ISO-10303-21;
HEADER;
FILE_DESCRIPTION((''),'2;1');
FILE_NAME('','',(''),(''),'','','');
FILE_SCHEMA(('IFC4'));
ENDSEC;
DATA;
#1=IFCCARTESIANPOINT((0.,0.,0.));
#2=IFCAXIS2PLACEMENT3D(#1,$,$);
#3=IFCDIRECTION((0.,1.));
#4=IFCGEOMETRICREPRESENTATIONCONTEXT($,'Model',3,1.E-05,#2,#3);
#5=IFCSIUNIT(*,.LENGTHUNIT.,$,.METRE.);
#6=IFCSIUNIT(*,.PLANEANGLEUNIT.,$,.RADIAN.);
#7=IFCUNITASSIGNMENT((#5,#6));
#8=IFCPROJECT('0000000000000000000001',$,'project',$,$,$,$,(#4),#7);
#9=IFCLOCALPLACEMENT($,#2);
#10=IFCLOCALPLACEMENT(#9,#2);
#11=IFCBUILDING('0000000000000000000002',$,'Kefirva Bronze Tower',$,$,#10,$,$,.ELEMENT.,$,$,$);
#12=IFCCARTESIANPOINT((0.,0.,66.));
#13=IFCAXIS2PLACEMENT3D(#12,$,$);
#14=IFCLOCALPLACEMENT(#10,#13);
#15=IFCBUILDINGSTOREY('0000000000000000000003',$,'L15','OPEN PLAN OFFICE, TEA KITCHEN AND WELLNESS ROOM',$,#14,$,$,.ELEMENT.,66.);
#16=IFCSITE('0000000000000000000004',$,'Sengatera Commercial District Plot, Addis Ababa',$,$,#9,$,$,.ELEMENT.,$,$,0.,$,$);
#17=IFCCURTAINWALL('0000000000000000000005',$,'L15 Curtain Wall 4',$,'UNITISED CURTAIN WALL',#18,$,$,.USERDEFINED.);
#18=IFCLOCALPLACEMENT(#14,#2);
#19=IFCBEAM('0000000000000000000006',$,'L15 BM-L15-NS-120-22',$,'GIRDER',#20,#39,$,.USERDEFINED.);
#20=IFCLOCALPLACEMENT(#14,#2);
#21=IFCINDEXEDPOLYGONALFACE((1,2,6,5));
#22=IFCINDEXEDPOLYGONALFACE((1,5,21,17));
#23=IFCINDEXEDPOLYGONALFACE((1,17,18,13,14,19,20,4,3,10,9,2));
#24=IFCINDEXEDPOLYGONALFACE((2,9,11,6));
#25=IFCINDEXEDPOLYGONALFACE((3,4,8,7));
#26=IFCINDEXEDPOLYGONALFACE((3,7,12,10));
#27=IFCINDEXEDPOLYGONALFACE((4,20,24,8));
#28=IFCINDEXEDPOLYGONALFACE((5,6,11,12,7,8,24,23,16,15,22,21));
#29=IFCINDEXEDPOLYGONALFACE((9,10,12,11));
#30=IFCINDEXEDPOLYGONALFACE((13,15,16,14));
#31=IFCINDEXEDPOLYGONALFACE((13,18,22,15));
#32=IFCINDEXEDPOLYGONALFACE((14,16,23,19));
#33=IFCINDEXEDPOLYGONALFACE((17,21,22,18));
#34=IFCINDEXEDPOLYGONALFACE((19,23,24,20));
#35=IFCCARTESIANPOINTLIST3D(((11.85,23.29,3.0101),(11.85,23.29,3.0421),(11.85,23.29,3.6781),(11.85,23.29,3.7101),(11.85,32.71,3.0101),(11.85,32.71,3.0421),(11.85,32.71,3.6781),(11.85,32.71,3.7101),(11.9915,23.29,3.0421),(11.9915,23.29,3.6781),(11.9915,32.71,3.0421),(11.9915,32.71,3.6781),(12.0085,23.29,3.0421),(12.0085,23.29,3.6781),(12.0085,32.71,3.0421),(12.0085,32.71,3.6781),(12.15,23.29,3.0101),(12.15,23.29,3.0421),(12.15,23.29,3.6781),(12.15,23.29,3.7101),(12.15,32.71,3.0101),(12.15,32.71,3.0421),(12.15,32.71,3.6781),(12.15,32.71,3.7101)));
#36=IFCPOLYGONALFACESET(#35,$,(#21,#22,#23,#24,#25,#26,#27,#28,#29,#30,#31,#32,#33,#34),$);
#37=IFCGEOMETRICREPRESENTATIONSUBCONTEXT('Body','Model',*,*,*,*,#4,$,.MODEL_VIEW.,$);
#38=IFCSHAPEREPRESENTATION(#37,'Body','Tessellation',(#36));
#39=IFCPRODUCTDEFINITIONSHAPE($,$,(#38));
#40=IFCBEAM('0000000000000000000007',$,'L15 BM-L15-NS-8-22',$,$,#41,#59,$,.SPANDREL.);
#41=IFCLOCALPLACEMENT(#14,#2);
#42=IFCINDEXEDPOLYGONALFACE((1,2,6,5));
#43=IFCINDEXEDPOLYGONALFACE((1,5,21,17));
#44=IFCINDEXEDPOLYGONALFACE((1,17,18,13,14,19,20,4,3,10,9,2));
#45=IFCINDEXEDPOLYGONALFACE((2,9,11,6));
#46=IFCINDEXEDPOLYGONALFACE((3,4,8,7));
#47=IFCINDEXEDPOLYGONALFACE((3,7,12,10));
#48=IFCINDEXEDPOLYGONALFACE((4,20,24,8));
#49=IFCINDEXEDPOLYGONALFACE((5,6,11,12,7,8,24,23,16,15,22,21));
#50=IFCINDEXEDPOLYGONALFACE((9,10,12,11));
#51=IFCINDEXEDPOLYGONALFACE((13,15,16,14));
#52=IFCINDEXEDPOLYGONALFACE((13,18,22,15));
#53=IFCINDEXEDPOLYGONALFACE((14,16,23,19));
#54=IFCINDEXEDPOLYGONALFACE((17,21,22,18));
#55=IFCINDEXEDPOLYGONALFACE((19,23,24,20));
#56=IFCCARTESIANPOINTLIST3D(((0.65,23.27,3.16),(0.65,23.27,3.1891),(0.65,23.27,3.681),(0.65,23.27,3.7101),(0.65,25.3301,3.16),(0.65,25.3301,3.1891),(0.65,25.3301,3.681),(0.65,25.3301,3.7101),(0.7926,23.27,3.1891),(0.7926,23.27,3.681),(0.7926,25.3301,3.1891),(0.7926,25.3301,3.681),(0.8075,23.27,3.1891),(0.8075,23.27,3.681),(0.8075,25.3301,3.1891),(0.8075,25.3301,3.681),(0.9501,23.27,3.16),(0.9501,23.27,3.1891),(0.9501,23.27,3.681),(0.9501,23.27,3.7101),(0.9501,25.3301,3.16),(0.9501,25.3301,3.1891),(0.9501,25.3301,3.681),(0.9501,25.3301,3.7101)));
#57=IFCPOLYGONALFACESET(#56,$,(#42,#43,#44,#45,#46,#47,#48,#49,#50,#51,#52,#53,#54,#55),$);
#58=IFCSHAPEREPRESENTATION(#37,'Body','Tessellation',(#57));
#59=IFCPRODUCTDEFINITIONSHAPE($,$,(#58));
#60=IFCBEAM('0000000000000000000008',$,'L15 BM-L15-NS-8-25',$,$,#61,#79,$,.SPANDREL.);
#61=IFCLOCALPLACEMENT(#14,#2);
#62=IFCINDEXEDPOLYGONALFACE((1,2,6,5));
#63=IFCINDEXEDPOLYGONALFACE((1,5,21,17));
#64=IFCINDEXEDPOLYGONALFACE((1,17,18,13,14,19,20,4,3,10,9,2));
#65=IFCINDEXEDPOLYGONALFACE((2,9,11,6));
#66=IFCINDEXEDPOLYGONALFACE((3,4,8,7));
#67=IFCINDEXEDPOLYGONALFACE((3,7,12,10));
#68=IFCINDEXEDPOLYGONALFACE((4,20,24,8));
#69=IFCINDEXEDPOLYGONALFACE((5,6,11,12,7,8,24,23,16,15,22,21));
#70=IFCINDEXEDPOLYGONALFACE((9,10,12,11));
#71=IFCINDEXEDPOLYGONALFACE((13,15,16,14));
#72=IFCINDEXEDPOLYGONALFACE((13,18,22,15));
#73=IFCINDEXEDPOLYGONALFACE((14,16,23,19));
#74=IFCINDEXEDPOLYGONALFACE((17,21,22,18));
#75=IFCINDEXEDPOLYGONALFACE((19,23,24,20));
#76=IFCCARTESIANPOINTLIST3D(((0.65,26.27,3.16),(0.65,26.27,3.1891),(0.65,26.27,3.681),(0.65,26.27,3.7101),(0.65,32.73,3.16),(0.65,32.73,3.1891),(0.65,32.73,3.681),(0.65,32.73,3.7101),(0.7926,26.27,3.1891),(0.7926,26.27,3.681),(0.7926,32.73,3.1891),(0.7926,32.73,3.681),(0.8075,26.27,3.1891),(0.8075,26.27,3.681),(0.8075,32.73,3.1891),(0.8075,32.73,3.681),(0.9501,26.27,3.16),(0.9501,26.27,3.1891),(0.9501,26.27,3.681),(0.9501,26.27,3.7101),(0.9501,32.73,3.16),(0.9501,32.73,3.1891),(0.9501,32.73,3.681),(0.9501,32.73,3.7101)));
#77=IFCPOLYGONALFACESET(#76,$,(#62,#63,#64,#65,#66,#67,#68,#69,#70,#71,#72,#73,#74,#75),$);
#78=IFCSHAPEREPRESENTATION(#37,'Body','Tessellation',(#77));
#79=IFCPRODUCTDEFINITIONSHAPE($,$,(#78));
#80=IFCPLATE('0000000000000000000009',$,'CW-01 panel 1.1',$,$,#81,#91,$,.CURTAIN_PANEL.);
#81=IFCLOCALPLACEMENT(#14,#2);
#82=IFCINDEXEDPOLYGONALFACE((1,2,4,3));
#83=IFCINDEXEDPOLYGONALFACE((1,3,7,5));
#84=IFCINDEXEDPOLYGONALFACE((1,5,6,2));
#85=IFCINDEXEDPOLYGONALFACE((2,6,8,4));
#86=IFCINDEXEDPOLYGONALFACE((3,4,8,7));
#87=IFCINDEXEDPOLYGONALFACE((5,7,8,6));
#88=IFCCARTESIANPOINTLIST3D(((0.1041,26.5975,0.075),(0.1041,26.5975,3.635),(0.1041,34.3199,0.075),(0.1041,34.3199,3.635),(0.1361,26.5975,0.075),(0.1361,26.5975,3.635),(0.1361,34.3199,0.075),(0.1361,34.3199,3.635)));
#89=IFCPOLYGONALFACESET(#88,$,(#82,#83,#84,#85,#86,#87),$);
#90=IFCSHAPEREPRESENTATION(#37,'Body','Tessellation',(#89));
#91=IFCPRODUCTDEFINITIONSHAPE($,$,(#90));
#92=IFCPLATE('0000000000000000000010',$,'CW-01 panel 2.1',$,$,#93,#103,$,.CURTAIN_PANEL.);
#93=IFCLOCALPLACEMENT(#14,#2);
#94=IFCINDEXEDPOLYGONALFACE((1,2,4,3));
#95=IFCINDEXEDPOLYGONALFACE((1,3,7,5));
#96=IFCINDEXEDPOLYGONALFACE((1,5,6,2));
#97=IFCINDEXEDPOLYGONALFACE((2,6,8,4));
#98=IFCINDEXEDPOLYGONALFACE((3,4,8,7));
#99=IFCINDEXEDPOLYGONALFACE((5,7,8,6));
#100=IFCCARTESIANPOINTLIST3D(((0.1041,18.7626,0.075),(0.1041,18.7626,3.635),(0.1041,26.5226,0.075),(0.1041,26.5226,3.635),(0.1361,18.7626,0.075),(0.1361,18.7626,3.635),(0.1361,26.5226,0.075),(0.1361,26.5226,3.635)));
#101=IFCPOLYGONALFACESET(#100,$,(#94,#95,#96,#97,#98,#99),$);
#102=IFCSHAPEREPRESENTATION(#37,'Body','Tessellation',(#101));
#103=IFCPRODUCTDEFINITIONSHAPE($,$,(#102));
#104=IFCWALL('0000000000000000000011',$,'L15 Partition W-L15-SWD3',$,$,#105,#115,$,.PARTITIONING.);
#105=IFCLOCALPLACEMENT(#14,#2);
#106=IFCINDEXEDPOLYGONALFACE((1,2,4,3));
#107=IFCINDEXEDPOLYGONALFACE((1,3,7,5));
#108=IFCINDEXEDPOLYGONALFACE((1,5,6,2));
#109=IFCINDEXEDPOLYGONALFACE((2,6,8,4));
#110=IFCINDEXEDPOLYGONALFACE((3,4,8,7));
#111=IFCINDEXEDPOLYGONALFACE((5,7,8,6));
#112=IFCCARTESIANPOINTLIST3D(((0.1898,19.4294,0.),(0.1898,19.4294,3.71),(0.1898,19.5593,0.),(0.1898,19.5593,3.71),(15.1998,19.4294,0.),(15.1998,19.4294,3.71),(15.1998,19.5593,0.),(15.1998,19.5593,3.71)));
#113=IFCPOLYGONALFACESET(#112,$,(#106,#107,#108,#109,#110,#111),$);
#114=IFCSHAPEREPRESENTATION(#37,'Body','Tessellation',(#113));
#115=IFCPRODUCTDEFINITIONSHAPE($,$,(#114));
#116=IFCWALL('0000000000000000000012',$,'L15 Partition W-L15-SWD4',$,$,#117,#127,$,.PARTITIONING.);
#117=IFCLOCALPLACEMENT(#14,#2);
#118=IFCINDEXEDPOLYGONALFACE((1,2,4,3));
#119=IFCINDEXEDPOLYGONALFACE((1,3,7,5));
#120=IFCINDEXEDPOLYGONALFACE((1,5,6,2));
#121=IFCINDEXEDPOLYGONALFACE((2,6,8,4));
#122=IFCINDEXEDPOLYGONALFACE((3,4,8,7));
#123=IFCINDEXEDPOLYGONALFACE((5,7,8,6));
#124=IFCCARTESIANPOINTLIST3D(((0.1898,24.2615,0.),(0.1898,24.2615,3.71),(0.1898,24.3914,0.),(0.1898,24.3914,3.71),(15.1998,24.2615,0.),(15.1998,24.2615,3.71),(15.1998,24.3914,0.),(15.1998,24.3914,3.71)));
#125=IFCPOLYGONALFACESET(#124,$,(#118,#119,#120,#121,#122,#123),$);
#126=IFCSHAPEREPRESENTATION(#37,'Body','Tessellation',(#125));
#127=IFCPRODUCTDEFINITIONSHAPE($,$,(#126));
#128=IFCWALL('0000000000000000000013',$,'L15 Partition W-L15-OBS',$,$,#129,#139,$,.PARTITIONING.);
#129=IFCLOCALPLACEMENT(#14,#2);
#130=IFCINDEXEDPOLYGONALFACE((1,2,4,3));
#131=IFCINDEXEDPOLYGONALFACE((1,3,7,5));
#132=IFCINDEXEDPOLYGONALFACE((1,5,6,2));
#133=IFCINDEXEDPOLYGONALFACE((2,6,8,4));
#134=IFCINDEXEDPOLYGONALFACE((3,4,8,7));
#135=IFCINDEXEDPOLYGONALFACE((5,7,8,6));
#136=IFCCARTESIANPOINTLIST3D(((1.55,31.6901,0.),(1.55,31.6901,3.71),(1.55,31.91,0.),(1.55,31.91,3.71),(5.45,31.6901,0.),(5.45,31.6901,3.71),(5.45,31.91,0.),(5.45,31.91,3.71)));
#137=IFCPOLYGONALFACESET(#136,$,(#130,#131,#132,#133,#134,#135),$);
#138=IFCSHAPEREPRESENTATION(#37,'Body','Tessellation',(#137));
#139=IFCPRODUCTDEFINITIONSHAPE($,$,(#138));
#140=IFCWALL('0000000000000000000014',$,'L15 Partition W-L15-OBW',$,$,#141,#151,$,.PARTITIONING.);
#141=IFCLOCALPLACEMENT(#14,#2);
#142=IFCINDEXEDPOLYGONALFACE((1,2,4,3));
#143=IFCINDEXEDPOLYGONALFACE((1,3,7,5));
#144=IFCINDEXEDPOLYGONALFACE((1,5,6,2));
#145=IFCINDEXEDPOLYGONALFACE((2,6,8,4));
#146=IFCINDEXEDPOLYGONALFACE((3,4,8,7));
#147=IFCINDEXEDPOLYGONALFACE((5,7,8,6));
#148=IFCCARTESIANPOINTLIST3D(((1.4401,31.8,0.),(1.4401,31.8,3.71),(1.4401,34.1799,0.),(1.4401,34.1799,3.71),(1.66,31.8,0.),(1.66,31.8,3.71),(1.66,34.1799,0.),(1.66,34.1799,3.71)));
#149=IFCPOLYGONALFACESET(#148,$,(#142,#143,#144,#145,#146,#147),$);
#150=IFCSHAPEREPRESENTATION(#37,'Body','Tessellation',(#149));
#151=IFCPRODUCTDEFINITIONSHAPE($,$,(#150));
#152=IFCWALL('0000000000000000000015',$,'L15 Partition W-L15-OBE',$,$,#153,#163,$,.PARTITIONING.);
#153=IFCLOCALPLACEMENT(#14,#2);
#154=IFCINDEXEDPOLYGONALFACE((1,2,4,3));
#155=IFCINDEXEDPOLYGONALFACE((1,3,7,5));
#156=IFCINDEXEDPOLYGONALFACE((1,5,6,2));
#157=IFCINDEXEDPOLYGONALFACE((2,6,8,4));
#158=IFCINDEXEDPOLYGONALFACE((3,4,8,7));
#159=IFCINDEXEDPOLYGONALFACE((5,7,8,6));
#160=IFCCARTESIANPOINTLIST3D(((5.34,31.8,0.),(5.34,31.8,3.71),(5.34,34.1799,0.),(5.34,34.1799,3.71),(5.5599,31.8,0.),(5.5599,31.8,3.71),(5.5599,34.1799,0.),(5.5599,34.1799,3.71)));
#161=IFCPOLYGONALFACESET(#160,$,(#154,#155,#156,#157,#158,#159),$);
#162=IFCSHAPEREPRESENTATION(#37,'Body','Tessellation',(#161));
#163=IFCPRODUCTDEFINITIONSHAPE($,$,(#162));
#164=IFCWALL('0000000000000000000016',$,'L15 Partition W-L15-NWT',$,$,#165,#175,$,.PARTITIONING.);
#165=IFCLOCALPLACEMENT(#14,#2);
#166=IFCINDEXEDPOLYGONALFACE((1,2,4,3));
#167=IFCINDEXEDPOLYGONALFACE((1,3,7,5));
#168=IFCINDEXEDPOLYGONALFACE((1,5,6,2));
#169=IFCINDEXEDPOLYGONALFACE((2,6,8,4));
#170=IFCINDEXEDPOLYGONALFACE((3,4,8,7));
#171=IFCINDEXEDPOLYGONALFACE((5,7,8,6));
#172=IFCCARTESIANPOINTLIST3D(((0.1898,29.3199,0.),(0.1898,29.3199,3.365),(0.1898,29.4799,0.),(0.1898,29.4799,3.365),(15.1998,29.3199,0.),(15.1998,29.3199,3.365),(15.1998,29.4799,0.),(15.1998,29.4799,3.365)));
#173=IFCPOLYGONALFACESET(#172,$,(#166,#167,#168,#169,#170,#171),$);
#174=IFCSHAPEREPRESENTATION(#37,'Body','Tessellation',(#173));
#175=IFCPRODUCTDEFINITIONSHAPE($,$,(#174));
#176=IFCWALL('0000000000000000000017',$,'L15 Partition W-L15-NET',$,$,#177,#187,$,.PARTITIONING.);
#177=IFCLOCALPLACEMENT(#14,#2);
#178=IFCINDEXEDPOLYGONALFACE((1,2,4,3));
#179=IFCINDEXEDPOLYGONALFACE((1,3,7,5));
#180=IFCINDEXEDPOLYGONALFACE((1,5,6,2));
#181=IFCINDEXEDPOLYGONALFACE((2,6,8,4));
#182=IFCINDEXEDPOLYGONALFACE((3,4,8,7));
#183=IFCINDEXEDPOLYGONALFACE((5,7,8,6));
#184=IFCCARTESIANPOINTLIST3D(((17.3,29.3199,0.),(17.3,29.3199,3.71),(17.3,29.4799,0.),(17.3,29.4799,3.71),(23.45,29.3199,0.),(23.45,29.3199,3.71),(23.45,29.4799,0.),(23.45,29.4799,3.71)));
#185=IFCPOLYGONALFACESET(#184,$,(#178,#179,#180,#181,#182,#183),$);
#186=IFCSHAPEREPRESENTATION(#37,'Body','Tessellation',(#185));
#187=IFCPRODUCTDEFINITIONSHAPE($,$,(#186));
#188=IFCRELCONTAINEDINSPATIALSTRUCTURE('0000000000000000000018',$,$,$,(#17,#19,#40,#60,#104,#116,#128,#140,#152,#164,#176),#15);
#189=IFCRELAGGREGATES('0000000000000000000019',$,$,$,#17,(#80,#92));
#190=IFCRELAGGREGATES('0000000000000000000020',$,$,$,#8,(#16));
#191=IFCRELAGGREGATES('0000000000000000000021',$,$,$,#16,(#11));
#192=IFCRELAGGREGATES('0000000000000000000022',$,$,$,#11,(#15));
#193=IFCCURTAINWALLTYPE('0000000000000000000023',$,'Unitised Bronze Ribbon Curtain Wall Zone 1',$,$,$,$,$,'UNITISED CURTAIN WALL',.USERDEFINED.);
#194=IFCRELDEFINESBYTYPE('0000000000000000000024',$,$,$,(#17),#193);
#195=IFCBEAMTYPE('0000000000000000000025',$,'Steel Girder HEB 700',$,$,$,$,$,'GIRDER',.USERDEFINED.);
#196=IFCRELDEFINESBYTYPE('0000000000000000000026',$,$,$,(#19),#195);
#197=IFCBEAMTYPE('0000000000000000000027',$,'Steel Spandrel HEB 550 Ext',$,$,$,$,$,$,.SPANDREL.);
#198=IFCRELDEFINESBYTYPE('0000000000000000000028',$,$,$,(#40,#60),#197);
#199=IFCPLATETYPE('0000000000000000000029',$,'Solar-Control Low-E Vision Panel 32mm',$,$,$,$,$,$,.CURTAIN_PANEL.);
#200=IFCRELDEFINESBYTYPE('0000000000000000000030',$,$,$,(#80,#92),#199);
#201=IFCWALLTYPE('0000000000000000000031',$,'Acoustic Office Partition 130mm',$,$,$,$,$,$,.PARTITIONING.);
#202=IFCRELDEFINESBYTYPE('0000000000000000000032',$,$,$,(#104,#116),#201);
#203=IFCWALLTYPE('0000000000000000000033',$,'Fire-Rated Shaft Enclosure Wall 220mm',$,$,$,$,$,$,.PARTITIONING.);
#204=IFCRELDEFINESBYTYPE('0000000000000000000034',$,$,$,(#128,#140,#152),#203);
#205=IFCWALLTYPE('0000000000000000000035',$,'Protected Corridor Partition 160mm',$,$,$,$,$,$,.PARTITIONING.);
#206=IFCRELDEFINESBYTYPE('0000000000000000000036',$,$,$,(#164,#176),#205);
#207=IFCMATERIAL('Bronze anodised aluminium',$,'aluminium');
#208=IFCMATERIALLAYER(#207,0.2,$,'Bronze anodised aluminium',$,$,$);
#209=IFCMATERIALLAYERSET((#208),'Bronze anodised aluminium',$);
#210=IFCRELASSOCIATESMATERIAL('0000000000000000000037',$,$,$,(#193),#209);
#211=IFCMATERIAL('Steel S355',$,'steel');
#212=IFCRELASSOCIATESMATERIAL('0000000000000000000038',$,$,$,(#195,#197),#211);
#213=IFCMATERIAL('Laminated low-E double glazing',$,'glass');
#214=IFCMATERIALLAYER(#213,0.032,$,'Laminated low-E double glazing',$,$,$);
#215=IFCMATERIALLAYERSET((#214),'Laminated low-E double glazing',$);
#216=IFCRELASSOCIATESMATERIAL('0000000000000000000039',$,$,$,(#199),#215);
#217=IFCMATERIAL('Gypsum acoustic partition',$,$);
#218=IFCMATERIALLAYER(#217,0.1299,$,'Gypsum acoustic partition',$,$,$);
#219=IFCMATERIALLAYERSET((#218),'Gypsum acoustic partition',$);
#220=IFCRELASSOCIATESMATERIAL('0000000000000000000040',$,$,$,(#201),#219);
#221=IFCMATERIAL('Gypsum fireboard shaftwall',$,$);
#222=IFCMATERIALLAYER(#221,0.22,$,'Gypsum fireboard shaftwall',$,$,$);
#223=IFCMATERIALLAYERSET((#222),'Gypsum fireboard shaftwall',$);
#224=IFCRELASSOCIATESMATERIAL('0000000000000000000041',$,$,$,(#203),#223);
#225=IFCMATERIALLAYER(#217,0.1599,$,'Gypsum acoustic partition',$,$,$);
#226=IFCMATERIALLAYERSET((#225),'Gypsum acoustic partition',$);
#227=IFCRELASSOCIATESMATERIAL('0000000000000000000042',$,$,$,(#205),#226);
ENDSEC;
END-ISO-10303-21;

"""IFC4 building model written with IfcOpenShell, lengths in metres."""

from ifc_helpers import new_model, si_unit, direction, frame, frame_2d, origin, origin_2d, place, context, subcontext, project, spatial, rectangle, i_section, extrude, material, layer, layer_set, material_profile, profile_set, type_object, element, aggregate, save


model = new_model("IFC4")

# Units and contexts
model_context = context("Model", 3, precision=1e-05, world=origin(), true_north=direction((0.0, 1.0)))
body_context = subcontext(model_context, "Body", "Model", "MODEL_VIEW")
ifc_project = project(units=[si_unit("LENGTHUNIT", "METRE"), si_unit("PLANEANGLEUNIT", "RADIAN")], contexts=[model_context])

# Site, building, storey
site_placement = place(None, origin())
site = spatial("IfcSite", under=ifc_project, at=site_placement, Name="Sengatera Commercial District Plot, Addis Ababa", CompositionType="ELEMENT", RefElevation=0.0)
building_placement = place(site_placement, origin())
building = spatial("IfcBuilding", under=site, at=building_placement, Name="Kefirva Bronze Tower", CompositionType="ELEMENT")
storey_placement = place(building_placement, frame((0.0, 0.0, 66.0)))
storey = spatial("IfcBuildingStorey", under=building, at=storey_placement, Name="L15", Description="OPEN PLAN OFFICE, TEA KITCHEN AND WELLNESS ROOM", CompositionType="ELEMENT", Elevation=66.0)

# Curtain wall
ifc_material_1 = material(Name="Bronze anodised aluminium", Category="aluminium")
ifc_layer_1 = layer(ifc_material_1, 0.2, Name="Bronze anodised aluminium")
ifc_layer_set_1 = layer_set([ifc_layer_1], Name="Bronze anodised aluminium")
curtain_wall_type = type_object("IfcCurtainWallType", Name="Unitised Bronze Ribbon Curtain Wall Zone 1", ElementType="UNITISED CURTAIN WALL", PredefinedType="USERDEFINED", material=ifc_layer_set_1)
curtain_wall_placement = place(storey_placement, origin())
curtain_wall = element("IfcCurtainWall", 1, at=curtain_wall_placement, inside=storey, type_object=curtain_wall_type, Name="L15 Curtain Wall 4", ObjectType="UNITISED CURTAIN WALL", PredefinedType="USERDEFINED")

# Beams
ifc_material_2 = material(Name="Steel S355", Category="steel")
ifc_material_profile_1 = material_profile(ifc_material_2, i_section(OverallWidth=0.3, OverallDepth=0.7, WebThickness=0.0171, FlangeThickness=0.032, at=origin_2d()), Name="HEB 700")
ifc_profile_set_1 = profile_set([ifc_material_profile_1], Name="Steel S355")
beam_type_1 = type_object("IfcBeamType", Name="Steel Girder HEB 700", ElementType="GIRDER", PredefinedType="USERDEFINED", material=ifc_profile_set_1)
beam_1_placement = place(storey_placement, frame((12.0, 23.29, 3.3601), z_axis=(0.0, 1.0, 0.0), x_axis=(-1.0, 0.0, 0.0)))
element("IfcBeam", 2, at=beam_1_placement, inside=storey, type_object=beam_type_1, Name="L15 BM-L15-NS-120-22", ObjectType="GIRDER", PredefinedType="USERDEFINED", context=body_context, shape_type="SweptSolid", body=[
    extrude(i_section(OverallWidth=0.3, OverallDepth=0.7, WebThickness=0.0171, FlangeThickness=0.032, at=origin_2d()), origin(), (0.0, 0.0, 1.0), 9.4199),
])
ifc_material_profile_2 = material_profile(ifc_material_2, i_section(OverallWidth=0.3, OverallDepth=0.55, WebThickness=0.0149, FlangeThickness=0.0291, at=origin_2d()), Name="HEB 550")
ifc_profile_set_2 = profile_set([ifc_material_profile_2], Name="Steel S355")
beam_type_2 = type_object("IfcBeamType", Name="Steel Spandrel HEB 550 Ext", PredefinedType="SPANDREL", material=ifc_profile_set_2)
beam_2_placement = place(storey_placement, frame((0.8, 23.27, 3.4351), z_axis=(0.0, 1.0, 0.0), x_axis=(-1.0, 0.0, 0.0)))
element("IfcBeam", 3, at=beam_2_placement, inside=storey, type_object=beam_type_2, Name="L15 BM-L15-NS-8-22", PredefinedType="SPANDREL", context=body_context, shape_type="SweptSolid", body=[
    extrude(i_section(OverallWidth=0.3, OverallDepth=0.55, WebThickness=0.0149, FlangeThickness=0.0291, at=origin_2d()), origin(), (0.0, 0.0, 1.0), 2.0601),
])
beam_3_placement = place(storey_placement, frame((0.8, 26.27, 3.4351), z_axis=(0.0, 1.0, 0.0), x_axis=(-1.0, 0.0, 0.0)))
element("IfcBeam", 4, at=beam_3_placement, inside=storey, type_object=beam_type_2, Name="L15 BM-L15-NS-8-25", PredefinedType="SPANDREL", context=body_context, shape_type="SweptSolid", body=[
    extrude(i_section(OverallWidth=0.3, OverallDepth=0.55, WebThickness=0.0149, FlangeThickness=0.0291, at=origin_2d()), origin(), (0.0, 0.0, 1.0), 6.46),
])

# Plates
ifc_material_3 = material(Name="Laminated low-E double glazing", Category="glass")
ifc_layer_2 = layer(ifc_material_3, 0.032, Name="Laminated low-E double glazing")
ifc_layer_set_2 = layer_set([ifc_layer_2], Name="Laminated low-E double glazing")
plate_type = type_object("IfcPlateType", Name="Solar-Control Low-E Vision Panel 32mm", PredefinedType="CURTAIN_PANEL", material=ifc_layer_set_2)
plate_1_placement = place(storey_placement, frame((0.1201, 30.4587, 0.075), z_axis=(0.0, 0.0, 1.0), x_axis=(0.0, -1.0, 0.0)))
plate_1 = element("IfcPlate", 5, at=plate_1_placement, type_object=plate_type, Name="CW-01 panel 1.1", PredefinedType="CURTAIN_PANEL", context=body_context, shape_type="SweptSolid", body=[
    extrude(rectangle(XDim=7.7224, YDim=0.032, at=origin_2d()), origin(), (0.0, 0.0, 1.0), 3.5601),
])
plate_2_placement = place(storey_placement, frame((0.1201, 22.6426, 0.075), z_axis=(0.0, 0.0, 1.0), x_axis=(0.0, -1.0, 0.0)))
plate_2 = element("IfcPlate", 6, at=plate_2_placement, type_object=plate_type, Name="CW-01 panel 2.1", PredefinedType="CURTAIN_PANEL", context=body_context, shape_type="SweptSolid", body=[
    extrude(rectangle(XDim=7.76, YDim=0.032, at=origin_2d()), origin(), (0.0, 0.0, 1.0), 3.5601),
])
aggregate(curtain_wall, [plate_1, plate_2])

# Walls
ifc_material_4 = material(Name="Gypsum acoustic partition")
ifc_layer_3 = layer(ifc_material_4, 0.1299, Name="Gypsum acoustic partition")
ifc_layer_set_3 = layer_set([ifc_layer_3], Name="Gypsum acoustic partition")
wall_type_1 = type_object("IfcWallType", Name="Acoustic Office Partition 130mm", PredefinedType="PARTITIONING", material=ifc_layer_set_3)
for number, where, z_axis, x_axis, name in (
    (7, (0.1899, 19.4944, 0.0), (0.0, 0.0, 1.0), (1.0, 0.0, 0.0), "L15 Partition W-L15-SWD3"),
    (8, (0.1899, 24.3264, 0.0), (0.0, 0.0, 1.0), (1.0, 0.0, 0.0), "L15 Partition W-L15-SWD4"),
):
    element("IfcWall", number, at=place(storey_placement, frame(where, z_axis=z_axis, x_axis=x_axis)), inside=storey, type_object=wall_type_1, Name=name, PredefinedType="PARTITIONING", context=body_context, shape_type="SweptSolid", body=[
        extrude(rectangle(XDim=15.01, YDim=0.1299, at=frame_2d((7.5049, 0.0))), origin(), (0.0, 0.0, 1.0), 3.71),
    ])
ifc_material_5 = material(Name="Gypsum fireboard shaftwall")
ifc_layer_4 = layer(ifc_material_5, 0.22, Name="Gypsum fireboard shaftwall")
ifc_layer_set_4 = layer_set([ifc_layer_4], Name="Gypsum fireboard shaftwall")
wall_type_2 = type_object("IfcWallType", Name="Fire-Rated Shaft Enclosure Wall 220mm", PredefinedType="PARTITIONING", material=ifc_layer_set_4)
wall_1_placement = place(storey_placement, frame((1.55, 31.8, 0.0), z_axis=(0.0, 0.0, 1.0), x_axis=(1.0, 0.0, 0.0)))
element("IfcWall", 9, at=wall_1_placement, inside=storey, type_object=wall_type_2, Name="L15 Partition W-L15-OBS", PredefinedType="PARTITIONING", context=body_context, shape_type="SweptSolid", body=[
    extrude(rectangle(XDim=3.8999, YDim=0.22, at=frame_2d((1.95, 0.0))), origin(), (0.0, 0.0, 1.0), 3.71),
])
for number, where, z_axis, x_axis, name in (
    (10, (1.55, 31.8, 0.0), (0.0, 0.0, 1.0), (0.0, 1.0, 0.0), "L15 Partition W-L15-OBW"),
    (11, (5.45, 31.8, 0.0), (0.0, 0.0, 1.0), (0.0, 1.0, 0.0), "L15 Partition W-L15-OBE"),
):
    element("IfcWall", number, at=place(storey_placement, frame(where, z_axis=z_axis, x_axis=x_axis)), inside=storey, type_object=wall_type_2, Name=name, PredefinedType="PARTITIONING", context=body_context, shape_type="SweptSolid", body=[
        extrude(rectangle(XDim=2.3799, YDim=0.22, at=frame_2d((1.1899, 0.0))), origin(), (0.0, 0.0, 1.0), 3.71),
    ])
ifc_layer_5 = layer(ifc_material_4, 0.1599, Name="Gypsum acoustic partition")
ifc_layer_set_5 = layer_set([ifc_layer_5], Name="Gypsum acoustic partition")
wall_type_3 = type_object("IfcWallType", Name="Protected Corridor Partition 160mm", PredefinedType="PARTITIONING", material=ifc_layer_set_5)
wall_2_placement = place(storey_placement, frame((0.1899, 29.3999, 0.0), z_axis=(0.0, 0.0, 1.0), x_axis=(1.0, 0.0, 0.0)))
element("IfcWall", 12, at=wall_2_placement, inside=storey, type_object=wall_type_3, Name="L15 Partition W-L15-NWT", PredefinedType="PARTITIONING", context=body_context, shape_type="SweptSolid", body=[
    extrude(rectangle(XDim=15.01, YDim=0.1599, at=frame_2d((7.5049, 0.0))), origin(), (0.0, 0.0, 1.0), 3.365),
])
wall_3_placement = place(storey_placement, frame((17.3, 29.3999, 0.0), z_axis=(0.0, 0.0, 1.0), x_axis=(1.0, 0.0, 0.0)))
element("IfcWall", 13, at=wall_3_placement, inside=storey, type_object=wall_type_3, Name="L15 Partition W-L15-NET", PredefinedType="PARTITIONING", context=body_context, shape_type="SweptSolid", body=[
    extrude(rectangle(XDim=6.1499, YDim=0.1599, at=frame_2d((3.075, 0.0))), origin(), (0.0, 0.0, 1.0), 3.71),
])

save(model, "model.ifc")
